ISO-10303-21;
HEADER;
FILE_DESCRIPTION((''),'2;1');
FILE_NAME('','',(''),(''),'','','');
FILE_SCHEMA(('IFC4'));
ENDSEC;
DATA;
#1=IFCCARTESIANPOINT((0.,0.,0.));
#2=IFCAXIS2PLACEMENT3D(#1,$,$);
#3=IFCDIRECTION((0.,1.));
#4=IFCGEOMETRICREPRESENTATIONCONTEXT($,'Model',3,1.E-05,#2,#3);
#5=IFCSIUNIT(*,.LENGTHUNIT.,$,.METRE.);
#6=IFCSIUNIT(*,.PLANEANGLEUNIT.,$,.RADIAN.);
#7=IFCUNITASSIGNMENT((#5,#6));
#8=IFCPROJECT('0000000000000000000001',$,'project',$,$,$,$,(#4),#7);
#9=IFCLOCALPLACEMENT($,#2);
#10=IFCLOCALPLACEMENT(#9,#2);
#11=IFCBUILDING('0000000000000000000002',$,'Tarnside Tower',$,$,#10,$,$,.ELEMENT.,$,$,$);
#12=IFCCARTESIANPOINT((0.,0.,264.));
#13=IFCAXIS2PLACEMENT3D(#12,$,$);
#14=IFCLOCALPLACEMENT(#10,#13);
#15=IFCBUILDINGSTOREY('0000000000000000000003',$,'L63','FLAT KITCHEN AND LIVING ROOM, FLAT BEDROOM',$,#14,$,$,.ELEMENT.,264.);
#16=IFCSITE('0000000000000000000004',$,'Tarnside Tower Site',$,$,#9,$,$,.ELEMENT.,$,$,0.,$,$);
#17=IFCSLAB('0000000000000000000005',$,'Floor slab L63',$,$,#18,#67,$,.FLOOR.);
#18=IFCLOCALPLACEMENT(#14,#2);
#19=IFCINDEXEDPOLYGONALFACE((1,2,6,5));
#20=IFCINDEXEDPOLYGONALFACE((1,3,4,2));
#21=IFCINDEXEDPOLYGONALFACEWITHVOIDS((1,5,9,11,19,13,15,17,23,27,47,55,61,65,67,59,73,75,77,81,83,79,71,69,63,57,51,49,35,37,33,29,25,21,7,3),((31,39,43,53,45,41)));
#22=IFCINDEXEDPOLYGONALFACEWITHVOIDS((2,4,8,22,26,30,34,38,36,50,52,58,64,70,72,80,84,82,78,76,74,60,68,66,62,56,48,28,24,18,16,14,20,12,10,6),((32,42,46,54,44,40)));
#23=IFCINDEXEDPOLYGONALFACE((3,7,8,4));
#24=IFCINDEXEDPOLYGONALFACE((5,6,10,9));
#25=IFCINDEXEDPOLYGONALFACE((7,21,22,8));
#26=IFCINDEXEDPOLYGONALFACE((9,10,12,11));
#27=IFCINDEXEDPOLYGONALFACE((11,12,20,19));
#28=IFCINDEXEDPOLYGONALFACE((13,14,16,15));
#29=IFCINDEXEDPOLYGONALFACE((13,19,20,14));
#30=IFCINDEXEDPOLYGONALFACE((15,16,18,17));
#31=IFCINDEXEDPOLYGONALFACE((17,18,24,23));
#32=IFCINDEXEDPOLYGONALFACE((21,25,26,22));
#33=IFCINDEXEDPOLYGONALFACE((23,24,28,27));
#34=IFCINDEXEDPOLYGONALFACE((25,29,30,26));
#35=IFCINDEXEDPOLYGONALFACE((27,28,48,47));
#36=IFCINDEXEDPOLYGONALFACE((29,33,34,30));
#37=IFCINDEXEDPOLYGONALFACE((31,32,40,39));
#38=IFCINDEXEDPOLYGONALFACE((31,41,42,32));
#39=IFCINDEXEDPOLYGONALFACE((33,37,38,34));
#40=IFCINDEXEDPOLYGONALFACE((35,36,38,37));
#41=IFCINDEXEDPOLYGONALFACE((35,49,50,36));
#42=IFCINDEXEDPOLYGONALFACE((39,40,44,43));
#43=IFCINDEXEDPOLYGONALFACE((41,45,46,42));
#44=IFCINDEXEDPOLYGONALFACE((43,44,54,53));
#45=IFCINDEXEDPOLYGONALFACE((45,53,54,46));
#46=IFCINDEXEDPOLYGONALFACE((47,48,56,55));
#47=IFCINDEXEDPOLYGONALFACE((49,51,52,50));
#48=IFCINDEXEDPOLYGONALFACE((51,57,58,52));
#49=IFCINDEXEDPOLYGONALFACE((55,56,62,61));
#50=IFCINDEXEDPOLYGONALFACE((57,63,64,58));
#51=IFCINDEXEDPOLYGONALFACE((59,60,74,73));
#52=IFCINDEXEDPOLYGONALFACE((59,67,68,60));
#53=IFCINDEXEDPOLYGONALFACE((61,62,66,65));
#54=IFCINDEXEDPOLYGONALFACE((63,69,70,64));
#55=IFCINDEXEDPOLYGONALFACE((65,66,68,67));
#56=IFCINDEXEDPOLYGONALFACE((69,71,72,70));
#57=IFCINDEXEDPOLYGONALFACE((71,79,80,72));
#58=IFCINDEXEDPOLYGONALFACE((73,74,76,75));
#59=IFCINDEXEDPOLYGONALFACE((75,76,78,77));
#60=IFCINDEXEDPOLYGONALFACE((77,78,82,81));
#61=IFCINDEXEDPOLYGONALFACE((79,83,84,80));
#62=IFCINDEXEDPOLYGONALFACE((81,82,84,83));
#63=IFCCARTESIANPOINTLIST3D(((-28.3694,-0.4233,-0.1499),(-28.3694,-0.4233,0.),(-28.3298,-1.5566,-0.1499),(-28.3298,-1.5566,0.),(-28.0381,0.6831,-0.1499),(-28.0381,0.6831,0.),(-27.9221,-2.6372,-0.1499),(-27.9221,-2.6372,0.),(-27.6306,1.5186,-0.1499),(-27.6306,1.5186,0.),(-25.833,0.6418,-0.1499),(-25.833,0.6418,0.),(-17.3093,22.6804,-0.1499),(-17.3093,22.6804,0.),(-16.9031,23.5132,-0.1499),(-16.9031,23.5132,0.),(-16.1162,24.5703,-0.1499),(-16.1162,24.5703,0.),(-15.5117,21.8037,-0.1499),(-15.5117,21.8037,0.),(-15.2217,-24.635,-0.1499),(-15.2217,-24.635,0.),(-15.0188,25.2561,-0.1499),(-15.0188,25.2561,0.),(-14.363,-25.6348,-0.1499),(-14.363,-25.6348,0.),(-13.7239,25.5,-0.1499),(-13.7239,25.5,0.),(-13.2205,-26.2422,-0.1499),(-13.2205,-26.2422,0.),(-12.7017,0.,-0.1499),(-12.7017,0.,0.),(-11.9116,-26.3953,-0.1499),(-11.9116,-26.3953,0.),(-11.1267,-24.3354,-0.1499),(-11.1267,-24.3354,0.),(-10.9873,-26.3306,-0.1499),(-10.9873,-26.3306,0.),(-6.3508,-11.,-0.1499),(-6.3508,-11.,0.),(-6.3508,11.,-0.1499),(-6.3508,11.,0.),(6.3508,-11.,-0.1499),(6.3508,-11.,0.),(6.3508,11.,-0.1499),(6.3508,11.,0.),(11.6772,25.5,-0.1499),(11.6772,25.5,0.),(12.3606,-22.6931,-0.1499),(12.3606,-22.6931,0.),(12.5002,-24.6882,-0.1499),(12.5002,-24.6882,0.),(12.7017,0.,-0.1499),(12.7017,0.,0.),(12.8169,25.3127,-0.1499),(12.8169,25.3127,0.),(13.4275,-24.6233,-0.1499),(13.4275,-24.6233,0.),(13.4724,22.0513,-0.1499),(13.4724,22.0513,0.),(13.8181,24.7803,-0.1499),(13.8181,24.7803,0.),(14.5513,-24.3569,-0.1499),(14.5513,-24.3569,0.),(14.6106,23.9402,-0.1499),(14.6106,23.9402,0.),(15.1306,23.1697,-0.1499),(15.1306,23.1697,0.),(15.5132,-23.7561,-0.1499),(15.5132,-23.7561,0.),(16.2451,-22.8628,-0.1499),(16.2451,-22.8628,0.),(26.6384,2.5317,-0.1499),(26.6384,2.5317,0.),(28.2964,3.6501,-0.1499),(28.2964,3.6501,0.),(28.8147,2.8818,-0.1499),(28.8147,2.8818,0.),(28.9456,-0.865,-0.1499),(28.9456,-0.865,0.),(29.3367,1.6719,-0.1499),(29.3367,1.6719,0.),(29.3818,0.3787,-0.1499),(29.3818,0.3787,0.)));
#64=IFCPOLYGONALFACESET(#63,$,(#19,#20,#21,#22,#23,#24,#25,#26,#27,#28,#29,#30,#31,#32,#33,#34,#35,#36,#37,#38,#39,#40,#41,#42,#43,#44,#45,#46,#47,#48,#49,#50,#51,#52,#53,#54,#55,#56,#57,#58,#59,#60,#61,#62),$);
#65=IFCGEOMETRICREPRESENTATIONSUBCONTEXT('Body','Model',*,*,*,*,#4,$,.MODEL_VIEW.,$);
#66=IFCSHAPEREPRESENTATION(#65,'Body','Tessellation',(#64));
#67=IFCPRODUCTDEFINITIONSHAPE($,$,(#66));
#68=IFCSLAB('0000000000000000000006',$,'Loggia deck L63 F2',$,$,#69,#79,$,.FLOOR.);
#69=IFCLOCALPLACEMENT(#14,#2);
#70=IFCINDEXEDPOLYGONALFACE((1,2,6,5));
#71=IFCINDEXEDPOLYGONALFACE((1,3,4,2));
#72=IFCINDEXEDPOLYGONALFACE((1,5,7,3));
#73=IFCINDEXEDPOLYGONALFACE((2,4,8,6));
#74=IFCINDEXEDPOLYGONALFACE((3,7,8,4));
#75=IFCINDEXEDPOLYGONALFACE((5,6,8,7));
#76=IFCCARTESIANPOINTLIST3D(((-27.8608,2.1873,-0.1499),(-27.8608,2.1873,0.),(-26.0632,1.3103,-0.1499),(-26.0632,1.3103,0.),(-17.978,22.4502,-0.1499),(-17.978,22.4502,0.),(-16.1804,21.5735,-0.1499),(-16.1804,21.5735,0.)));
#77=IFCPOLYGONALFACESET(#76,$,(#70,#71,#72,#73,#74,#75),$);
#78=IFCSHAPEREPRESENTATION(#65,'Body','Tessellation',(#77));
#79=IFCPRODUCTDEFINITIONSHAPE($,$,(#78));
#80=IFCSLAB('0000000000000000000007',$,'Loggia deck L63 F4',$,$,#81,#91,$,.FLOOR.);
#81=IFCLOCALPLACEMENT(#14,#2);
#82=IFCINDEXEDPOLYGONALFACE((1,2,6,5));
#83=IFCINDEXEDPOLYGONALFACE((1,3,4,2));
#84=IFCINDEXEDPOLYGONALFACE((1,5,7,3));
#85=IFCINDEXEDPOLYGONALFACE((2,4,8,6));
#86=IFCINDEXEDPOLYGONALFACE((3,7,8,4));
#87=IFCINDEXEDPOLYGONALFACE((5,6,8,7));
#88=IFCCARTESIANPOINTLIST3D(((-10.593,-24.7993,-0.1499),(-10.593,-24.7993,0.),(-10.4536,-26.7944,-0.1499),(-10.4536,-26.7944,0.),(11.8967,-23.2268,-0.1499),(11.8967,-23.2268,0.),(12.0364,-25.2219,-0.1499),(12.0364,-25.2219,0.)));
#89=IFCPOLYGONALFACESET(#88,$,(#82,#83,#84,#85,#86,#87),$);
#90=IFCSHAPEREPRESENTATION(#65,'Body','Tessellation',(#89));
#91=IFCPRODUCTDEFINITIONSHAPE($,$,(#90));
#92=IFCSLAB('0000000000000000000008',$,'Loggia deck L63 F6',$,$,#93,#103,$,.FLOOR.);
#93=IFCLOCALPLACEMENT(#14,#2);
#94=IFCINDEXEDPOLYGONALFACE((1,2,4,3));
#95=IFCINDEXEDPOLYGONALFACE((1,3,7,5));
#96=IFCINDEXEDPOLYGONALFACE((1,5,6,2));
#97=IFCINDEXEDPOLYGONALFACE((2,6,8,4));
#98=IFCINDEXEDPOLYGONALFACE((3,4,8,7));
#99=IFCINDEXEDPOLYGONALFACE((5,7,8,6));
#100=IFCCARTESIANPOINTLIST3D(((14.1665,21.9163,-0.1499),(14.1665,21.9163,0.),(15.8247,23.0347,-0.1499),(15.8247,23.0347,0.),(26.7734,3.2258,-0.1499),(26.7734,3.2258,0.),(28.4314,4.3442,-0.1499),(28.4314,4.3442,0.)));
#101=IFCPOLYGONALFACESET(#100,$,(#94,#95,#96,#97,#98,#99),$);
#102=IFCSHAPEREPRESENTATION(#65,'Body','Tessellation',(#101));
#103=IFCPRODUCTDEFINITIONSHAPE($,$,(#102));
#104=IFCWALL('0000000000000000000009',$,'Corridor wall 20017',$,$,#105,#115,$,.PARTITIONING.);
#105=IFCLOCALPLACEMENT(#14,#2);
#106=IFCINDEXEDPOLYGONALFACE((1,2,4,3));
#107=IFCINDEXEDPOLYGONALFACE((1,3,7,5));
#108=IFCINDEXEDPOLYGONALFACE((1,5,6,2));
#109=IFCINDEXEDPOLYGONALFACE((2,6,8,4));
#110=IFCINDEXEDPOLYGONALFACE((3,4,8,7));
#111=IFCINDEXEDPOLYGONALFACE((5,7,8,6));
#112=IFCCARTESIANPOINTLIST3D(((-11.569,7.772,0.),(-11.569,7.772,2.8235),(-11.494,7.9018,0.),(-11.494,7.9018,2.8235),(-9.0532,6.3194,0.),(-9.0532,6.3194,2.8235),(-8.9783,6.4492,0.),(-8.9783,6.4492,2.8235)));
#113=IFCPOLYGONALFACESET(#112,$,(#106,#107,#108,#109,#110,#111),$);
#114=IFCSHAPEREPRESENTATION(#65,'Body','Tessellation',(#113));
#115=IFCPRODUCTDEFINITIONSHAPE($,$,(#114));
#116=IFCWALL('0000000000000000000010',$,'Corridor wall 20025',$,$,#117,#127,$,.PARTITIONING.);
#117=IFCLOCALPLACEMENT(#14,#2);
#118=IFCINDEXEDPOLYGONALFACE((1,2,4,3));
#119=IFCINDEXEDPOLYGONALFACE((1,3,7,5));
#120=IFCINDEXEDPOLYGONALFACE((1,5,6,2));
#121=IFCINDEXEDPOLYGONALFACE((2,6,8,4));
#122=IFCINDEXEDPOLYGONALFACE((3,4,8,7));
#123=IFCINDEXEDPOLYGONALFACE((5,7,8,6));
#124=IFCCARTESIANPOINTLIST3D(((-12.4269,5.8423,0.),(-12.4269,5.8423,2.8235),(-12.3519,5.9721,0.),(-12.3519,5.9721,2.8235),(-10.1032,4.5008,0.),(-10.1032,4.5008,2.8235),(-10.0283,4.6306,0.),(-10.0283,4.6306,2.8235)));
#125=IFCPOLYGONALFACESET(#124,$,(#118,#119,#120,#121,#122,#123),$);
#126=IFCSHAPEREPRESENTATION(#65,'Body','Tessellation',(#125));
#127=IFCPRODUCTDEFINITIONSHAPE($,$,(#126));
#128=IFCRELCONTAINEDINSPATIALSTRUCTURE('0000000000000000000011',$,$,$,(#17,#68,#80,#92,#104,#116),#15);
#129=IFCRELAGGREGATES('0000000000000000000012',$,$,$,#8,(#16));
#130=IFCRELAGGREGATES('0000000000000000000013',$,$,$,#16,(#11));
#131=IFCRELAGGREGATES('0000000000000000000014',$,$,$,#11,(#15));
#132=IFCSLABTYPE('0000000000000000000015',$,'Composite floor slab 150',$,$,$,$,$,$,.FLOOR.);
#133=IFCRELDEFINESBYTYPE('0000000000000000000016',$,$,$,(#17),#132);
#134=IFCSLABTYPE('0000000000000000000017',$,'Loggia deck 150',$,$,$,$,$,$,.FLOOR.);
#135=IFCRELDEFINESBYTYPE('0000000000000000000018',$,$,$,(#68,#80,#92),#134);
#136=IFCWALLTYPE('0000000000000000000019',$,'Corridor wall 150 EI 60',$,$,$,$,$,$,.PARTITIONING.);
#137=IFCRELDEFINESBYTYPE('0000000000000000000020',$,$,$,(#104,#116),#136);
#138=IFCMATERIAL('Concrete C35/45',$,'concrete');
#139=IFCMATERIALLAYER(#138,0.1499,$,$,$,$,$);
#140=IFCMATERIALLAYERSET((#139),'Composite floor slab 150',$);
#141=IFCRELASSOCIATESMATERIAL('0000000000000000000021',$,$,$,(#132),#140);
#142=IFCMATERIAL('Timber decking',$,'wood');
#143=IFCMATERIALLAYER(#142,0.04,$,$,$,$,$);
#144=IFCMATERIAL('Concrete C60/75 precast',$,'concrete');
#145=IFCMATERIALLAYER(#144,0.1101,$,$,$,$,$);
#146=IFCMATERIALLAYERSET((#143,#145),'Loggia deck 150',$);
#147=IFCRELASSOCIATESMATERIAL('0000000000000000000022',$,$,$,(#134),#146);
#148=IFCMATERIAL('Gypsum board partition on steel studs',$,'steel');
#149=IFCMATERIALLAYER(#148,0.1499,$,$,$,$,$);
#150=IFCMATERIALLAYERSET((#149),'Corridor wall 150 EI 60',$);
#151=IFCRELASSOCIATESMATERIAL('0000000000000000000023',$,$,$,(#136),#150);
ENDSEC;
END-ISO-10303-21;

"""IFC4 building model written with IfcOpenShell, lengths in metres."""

from ifc_helpers import new_model, si_unit, direction, frame, frame_2d, origin, place, context, subcontext, project, spatial, polyline, rectangle, outline, extrude, material, layer, layer_set, type_object, element, save


model = new_model("IFC4")

# Units and contexts
model_context = context("Model", 3, precision=1e-05, world=origin(), true_north=direction((0.0, 1.0)))
body_context = subcontext(model_context, "Body", "Model", "MODEL_VIEW")
ifc_project = project(units=[si_unit("LENGTHUNIT", "METRE"), si_unit("PLANEANGLEUNIT", "RADIAN")], contexts=[model_context])

# Site, building, storey
site_placement = place(None, origin())
site = spatial("IfcSite", under=ifc_project, at=site_placement, Name="Tarnside Tower Site", CompositionType="ELEMENT", RefElevation=0.0)
building_placement = place(site_placement, origin())
building = spatial("IfcBuilding", under=site, at=building_placement, Name="Tarnside Tower", CompositionType="ELEMENT")
storey_placement = place(building_placement, frame((0.0, 0.0, 264.0)))
storey = spatial("IfcBuildingStorey", under=building, at=storey_placement, Name="L63", Description="FLAT KITCHEN AND LIVING ROOM, FLAT BEDROOM", CompositionType="ELEMENT", Elevation=264.0)

# Slabs
ifc_material_1 = material(Name="Concrete C35/45", Category="concrete")
ifc_layer_1 = layer(ifc_material_1, 0.1499)
ifc_layer_set_1 = layer_set([ifc_layer_1], Name="Composite floor slab 150")
slab_type_1 = type_object("IfcSlabType", Name="Composite floor slab 150", PredefinedType="FLOOR", material=ifc_layer_set_1)
slab_1_placement = place(storey_placement, frame((0.0, 0.0, -0.1499)))
element("IfcSlab", 1, at=slab_1_placement, inside=storey, type_object=slab_type_1, Name="Floor slab L63", PredefinedType="FLOOR", context=body_context, shape_type="SweptSolid", body=[
    extrude(outline(polyline([(12.8169, 25.3127), (13.8181, 24.7803), (14.6106, 23.9402), (15.1306, 23.1697), (13.4724, 22.0513), (26.6384, 2.5317), (28.2964, 3.6501), (28.8147, 2.8818), (29.3367, 1.6719), (29.3818, 0.3787), (28.9456, -0.865), (16.2451, -22.8628), (15.5132, -23.7561), (14.5513, -24.3569), (13.4275, -24.6233), (12.5002, -24.6882), (12.3606, -22.6931), (-11.1267, -24.3354), (-10.9873, -26.3306), (-11.9116, -26.3953), (-13.2205, -26.2422), (-14.363, -25.6348), (-15.2217, -24.635), (-27.9221, -2.6372), (-28.3298, -1.5566), (-28.3694, -0.4233), (-28.0381, 0.6831), (-27.6306, 1.5186), (-25.833, 0.6418), (-15.5117, 21.8037), (-17.3093, 22.6804), (-16.9031, 23.5132), (-16.1162, 24.5703), (-15.0188, 25.2561), (-13.7239, 25.5), (11.6772, 25.5), (12.8169, 25.3127)]), holes=[polyline([(-12.7017, 0.0), (-6.3508, -11.0), (6.3508, -11.0), (12.7017, 0.0), (6.3508, 11.0), (-6.3508, 11.0), (-12.7017, 0.0)])]), origin(), (0.0, 0.0, 1.0), 0.1499),
])
ifc_material_2 = material(Name="Timber decking", Category="wood")
ifc_layer_2 = layer(ifc_material_2, 0.04)
ifc_material_3 = material(Name="Concrete C60/75 precast", Category="concrete")
ifc_layer_3 = layer(ifc_material_3, 0.1101)
ifc_layer_set_2 = layer_set([ifc_layer_2, ifc_layer_3], Name="Loggia deck 150")
slab_type_2 = type_object("IfcSlabType", Name="Loggia deck 150", PredefinedType="FLOOR", material=ifc_layer_set_2)
slab_2_placement = place(storey_placement, frame((0.0, 0.0, -0.1499)))
element("IfcSlab", 2, at=slab_2_placement, inside=storey, type_object=slab_type_2, Name="Loggia deck L63 F2", PredefinedType="FLOOR", context=body_context, shape_type="SweptSolid", body=[
    extrude(outline(polyline([(-16.1804, 21.5735), (-26.0632, 1.3103), (-27.8608, 2.1873), (-17.978, 22.4502), (-16.1804, 21.5735)])), origin(), (0.0, 0.0, 1.0), 0.1499),
])
slab_3_placement = place(storey_placement, frame((0.0, 0.0, -0.1499)))
element("IfcSlab", 3, at=slab_3_placement, inside=storey, type_object=slab_type_2, Name="Loggia deck L63 F4", PredefinedType="FLOOR", context=body_context, shape_type="SweptSolid", body=[
    extrude(outline(polyline([(-10.593, -24.7993), (11.8967, -23.2268), (12.0364, -25.2219), (-10.4536, -26.7944), (-10.593, -24.7993)])), origin(), (0.0, 0.0, 1.0), 0.1499),
])
slab_4_placement = place(storey_placement, frame((0.0, 0.0, -0.1499)))
element("IfcSlab", 4, at=slab_4_placement, inside=storey, type_object=slab_type_2, Name="Loggia deck L63 F6", PredefinedType="FLOOR", context=body_context, shape_type="SweptSolid", body=[
    extrude(outline(polyline([(26.7734, 3.2258), (14.1665, 21.9163), (15.8247, 23.0347), (28.4314, 4.3442), (26.7734, 3.2258)])), origin(), (0.0, 0.0, 1.0), 0.1499),
])

# Walls
ifc_material_4 = material(Name="Gypsum board partition on steel studs", Category="steel")
ifc_layer_4 = layer(ifc_material_4, 0.1499)
ifc_layer_set_3 = layer_set([ifc_layer_4], Name="Corridor wall 150 EI 60")
wall_type_1 = type_object("IfcWallType", Name="Corridor wall 150 EI 60", PredefinedType="PARTITIONING", material=ifc_layer_set_3)
wall_1_placement = place(storey_placement, frame((-9.0156, 6.3843, 0.0), z_axis=(0.0, 0.0, 1.0), x_axis=(-0.866011, 0.500026, 0.0)))
element("IfcWall", 5, at=wall_1_placement, inside=storey, type_object=wall_type_1, Name="Corridor wall 20017", PredefinedType="PARTITIONING", context=body_context, shape_type="SweptSolid", body=[
    extrude(rectangle(XDim=2.905, YDim=0.1499, at=frame_2d((1.4526, 0.0))), origin(), (0.0, 0.0, 1.0), 2.8235),
])
wall_2_placement = place(storey_placement, frame((-12.3894, 5.9072, 0.0), z_axis=(0.0, 0.0, 1.0), x_axis=(0.866034, -0.499985, 0.0)))
element("IfcWall", 6, at=wall_2_placement, inside=storey, type_object=wall_type_1, Name="Corridor wall 20025", PredefinedType="PARTITIONING", context=body_context, shape_type="SweptSolid", body=[
    extrude(rectangle(XDim=2.6831, YDim=0.1499, at=frame_2d((1.3416, 0.0))), origin(), (0.0, 0.0, 1.0), 2.8235),
])

save(model, "model.ifc")
